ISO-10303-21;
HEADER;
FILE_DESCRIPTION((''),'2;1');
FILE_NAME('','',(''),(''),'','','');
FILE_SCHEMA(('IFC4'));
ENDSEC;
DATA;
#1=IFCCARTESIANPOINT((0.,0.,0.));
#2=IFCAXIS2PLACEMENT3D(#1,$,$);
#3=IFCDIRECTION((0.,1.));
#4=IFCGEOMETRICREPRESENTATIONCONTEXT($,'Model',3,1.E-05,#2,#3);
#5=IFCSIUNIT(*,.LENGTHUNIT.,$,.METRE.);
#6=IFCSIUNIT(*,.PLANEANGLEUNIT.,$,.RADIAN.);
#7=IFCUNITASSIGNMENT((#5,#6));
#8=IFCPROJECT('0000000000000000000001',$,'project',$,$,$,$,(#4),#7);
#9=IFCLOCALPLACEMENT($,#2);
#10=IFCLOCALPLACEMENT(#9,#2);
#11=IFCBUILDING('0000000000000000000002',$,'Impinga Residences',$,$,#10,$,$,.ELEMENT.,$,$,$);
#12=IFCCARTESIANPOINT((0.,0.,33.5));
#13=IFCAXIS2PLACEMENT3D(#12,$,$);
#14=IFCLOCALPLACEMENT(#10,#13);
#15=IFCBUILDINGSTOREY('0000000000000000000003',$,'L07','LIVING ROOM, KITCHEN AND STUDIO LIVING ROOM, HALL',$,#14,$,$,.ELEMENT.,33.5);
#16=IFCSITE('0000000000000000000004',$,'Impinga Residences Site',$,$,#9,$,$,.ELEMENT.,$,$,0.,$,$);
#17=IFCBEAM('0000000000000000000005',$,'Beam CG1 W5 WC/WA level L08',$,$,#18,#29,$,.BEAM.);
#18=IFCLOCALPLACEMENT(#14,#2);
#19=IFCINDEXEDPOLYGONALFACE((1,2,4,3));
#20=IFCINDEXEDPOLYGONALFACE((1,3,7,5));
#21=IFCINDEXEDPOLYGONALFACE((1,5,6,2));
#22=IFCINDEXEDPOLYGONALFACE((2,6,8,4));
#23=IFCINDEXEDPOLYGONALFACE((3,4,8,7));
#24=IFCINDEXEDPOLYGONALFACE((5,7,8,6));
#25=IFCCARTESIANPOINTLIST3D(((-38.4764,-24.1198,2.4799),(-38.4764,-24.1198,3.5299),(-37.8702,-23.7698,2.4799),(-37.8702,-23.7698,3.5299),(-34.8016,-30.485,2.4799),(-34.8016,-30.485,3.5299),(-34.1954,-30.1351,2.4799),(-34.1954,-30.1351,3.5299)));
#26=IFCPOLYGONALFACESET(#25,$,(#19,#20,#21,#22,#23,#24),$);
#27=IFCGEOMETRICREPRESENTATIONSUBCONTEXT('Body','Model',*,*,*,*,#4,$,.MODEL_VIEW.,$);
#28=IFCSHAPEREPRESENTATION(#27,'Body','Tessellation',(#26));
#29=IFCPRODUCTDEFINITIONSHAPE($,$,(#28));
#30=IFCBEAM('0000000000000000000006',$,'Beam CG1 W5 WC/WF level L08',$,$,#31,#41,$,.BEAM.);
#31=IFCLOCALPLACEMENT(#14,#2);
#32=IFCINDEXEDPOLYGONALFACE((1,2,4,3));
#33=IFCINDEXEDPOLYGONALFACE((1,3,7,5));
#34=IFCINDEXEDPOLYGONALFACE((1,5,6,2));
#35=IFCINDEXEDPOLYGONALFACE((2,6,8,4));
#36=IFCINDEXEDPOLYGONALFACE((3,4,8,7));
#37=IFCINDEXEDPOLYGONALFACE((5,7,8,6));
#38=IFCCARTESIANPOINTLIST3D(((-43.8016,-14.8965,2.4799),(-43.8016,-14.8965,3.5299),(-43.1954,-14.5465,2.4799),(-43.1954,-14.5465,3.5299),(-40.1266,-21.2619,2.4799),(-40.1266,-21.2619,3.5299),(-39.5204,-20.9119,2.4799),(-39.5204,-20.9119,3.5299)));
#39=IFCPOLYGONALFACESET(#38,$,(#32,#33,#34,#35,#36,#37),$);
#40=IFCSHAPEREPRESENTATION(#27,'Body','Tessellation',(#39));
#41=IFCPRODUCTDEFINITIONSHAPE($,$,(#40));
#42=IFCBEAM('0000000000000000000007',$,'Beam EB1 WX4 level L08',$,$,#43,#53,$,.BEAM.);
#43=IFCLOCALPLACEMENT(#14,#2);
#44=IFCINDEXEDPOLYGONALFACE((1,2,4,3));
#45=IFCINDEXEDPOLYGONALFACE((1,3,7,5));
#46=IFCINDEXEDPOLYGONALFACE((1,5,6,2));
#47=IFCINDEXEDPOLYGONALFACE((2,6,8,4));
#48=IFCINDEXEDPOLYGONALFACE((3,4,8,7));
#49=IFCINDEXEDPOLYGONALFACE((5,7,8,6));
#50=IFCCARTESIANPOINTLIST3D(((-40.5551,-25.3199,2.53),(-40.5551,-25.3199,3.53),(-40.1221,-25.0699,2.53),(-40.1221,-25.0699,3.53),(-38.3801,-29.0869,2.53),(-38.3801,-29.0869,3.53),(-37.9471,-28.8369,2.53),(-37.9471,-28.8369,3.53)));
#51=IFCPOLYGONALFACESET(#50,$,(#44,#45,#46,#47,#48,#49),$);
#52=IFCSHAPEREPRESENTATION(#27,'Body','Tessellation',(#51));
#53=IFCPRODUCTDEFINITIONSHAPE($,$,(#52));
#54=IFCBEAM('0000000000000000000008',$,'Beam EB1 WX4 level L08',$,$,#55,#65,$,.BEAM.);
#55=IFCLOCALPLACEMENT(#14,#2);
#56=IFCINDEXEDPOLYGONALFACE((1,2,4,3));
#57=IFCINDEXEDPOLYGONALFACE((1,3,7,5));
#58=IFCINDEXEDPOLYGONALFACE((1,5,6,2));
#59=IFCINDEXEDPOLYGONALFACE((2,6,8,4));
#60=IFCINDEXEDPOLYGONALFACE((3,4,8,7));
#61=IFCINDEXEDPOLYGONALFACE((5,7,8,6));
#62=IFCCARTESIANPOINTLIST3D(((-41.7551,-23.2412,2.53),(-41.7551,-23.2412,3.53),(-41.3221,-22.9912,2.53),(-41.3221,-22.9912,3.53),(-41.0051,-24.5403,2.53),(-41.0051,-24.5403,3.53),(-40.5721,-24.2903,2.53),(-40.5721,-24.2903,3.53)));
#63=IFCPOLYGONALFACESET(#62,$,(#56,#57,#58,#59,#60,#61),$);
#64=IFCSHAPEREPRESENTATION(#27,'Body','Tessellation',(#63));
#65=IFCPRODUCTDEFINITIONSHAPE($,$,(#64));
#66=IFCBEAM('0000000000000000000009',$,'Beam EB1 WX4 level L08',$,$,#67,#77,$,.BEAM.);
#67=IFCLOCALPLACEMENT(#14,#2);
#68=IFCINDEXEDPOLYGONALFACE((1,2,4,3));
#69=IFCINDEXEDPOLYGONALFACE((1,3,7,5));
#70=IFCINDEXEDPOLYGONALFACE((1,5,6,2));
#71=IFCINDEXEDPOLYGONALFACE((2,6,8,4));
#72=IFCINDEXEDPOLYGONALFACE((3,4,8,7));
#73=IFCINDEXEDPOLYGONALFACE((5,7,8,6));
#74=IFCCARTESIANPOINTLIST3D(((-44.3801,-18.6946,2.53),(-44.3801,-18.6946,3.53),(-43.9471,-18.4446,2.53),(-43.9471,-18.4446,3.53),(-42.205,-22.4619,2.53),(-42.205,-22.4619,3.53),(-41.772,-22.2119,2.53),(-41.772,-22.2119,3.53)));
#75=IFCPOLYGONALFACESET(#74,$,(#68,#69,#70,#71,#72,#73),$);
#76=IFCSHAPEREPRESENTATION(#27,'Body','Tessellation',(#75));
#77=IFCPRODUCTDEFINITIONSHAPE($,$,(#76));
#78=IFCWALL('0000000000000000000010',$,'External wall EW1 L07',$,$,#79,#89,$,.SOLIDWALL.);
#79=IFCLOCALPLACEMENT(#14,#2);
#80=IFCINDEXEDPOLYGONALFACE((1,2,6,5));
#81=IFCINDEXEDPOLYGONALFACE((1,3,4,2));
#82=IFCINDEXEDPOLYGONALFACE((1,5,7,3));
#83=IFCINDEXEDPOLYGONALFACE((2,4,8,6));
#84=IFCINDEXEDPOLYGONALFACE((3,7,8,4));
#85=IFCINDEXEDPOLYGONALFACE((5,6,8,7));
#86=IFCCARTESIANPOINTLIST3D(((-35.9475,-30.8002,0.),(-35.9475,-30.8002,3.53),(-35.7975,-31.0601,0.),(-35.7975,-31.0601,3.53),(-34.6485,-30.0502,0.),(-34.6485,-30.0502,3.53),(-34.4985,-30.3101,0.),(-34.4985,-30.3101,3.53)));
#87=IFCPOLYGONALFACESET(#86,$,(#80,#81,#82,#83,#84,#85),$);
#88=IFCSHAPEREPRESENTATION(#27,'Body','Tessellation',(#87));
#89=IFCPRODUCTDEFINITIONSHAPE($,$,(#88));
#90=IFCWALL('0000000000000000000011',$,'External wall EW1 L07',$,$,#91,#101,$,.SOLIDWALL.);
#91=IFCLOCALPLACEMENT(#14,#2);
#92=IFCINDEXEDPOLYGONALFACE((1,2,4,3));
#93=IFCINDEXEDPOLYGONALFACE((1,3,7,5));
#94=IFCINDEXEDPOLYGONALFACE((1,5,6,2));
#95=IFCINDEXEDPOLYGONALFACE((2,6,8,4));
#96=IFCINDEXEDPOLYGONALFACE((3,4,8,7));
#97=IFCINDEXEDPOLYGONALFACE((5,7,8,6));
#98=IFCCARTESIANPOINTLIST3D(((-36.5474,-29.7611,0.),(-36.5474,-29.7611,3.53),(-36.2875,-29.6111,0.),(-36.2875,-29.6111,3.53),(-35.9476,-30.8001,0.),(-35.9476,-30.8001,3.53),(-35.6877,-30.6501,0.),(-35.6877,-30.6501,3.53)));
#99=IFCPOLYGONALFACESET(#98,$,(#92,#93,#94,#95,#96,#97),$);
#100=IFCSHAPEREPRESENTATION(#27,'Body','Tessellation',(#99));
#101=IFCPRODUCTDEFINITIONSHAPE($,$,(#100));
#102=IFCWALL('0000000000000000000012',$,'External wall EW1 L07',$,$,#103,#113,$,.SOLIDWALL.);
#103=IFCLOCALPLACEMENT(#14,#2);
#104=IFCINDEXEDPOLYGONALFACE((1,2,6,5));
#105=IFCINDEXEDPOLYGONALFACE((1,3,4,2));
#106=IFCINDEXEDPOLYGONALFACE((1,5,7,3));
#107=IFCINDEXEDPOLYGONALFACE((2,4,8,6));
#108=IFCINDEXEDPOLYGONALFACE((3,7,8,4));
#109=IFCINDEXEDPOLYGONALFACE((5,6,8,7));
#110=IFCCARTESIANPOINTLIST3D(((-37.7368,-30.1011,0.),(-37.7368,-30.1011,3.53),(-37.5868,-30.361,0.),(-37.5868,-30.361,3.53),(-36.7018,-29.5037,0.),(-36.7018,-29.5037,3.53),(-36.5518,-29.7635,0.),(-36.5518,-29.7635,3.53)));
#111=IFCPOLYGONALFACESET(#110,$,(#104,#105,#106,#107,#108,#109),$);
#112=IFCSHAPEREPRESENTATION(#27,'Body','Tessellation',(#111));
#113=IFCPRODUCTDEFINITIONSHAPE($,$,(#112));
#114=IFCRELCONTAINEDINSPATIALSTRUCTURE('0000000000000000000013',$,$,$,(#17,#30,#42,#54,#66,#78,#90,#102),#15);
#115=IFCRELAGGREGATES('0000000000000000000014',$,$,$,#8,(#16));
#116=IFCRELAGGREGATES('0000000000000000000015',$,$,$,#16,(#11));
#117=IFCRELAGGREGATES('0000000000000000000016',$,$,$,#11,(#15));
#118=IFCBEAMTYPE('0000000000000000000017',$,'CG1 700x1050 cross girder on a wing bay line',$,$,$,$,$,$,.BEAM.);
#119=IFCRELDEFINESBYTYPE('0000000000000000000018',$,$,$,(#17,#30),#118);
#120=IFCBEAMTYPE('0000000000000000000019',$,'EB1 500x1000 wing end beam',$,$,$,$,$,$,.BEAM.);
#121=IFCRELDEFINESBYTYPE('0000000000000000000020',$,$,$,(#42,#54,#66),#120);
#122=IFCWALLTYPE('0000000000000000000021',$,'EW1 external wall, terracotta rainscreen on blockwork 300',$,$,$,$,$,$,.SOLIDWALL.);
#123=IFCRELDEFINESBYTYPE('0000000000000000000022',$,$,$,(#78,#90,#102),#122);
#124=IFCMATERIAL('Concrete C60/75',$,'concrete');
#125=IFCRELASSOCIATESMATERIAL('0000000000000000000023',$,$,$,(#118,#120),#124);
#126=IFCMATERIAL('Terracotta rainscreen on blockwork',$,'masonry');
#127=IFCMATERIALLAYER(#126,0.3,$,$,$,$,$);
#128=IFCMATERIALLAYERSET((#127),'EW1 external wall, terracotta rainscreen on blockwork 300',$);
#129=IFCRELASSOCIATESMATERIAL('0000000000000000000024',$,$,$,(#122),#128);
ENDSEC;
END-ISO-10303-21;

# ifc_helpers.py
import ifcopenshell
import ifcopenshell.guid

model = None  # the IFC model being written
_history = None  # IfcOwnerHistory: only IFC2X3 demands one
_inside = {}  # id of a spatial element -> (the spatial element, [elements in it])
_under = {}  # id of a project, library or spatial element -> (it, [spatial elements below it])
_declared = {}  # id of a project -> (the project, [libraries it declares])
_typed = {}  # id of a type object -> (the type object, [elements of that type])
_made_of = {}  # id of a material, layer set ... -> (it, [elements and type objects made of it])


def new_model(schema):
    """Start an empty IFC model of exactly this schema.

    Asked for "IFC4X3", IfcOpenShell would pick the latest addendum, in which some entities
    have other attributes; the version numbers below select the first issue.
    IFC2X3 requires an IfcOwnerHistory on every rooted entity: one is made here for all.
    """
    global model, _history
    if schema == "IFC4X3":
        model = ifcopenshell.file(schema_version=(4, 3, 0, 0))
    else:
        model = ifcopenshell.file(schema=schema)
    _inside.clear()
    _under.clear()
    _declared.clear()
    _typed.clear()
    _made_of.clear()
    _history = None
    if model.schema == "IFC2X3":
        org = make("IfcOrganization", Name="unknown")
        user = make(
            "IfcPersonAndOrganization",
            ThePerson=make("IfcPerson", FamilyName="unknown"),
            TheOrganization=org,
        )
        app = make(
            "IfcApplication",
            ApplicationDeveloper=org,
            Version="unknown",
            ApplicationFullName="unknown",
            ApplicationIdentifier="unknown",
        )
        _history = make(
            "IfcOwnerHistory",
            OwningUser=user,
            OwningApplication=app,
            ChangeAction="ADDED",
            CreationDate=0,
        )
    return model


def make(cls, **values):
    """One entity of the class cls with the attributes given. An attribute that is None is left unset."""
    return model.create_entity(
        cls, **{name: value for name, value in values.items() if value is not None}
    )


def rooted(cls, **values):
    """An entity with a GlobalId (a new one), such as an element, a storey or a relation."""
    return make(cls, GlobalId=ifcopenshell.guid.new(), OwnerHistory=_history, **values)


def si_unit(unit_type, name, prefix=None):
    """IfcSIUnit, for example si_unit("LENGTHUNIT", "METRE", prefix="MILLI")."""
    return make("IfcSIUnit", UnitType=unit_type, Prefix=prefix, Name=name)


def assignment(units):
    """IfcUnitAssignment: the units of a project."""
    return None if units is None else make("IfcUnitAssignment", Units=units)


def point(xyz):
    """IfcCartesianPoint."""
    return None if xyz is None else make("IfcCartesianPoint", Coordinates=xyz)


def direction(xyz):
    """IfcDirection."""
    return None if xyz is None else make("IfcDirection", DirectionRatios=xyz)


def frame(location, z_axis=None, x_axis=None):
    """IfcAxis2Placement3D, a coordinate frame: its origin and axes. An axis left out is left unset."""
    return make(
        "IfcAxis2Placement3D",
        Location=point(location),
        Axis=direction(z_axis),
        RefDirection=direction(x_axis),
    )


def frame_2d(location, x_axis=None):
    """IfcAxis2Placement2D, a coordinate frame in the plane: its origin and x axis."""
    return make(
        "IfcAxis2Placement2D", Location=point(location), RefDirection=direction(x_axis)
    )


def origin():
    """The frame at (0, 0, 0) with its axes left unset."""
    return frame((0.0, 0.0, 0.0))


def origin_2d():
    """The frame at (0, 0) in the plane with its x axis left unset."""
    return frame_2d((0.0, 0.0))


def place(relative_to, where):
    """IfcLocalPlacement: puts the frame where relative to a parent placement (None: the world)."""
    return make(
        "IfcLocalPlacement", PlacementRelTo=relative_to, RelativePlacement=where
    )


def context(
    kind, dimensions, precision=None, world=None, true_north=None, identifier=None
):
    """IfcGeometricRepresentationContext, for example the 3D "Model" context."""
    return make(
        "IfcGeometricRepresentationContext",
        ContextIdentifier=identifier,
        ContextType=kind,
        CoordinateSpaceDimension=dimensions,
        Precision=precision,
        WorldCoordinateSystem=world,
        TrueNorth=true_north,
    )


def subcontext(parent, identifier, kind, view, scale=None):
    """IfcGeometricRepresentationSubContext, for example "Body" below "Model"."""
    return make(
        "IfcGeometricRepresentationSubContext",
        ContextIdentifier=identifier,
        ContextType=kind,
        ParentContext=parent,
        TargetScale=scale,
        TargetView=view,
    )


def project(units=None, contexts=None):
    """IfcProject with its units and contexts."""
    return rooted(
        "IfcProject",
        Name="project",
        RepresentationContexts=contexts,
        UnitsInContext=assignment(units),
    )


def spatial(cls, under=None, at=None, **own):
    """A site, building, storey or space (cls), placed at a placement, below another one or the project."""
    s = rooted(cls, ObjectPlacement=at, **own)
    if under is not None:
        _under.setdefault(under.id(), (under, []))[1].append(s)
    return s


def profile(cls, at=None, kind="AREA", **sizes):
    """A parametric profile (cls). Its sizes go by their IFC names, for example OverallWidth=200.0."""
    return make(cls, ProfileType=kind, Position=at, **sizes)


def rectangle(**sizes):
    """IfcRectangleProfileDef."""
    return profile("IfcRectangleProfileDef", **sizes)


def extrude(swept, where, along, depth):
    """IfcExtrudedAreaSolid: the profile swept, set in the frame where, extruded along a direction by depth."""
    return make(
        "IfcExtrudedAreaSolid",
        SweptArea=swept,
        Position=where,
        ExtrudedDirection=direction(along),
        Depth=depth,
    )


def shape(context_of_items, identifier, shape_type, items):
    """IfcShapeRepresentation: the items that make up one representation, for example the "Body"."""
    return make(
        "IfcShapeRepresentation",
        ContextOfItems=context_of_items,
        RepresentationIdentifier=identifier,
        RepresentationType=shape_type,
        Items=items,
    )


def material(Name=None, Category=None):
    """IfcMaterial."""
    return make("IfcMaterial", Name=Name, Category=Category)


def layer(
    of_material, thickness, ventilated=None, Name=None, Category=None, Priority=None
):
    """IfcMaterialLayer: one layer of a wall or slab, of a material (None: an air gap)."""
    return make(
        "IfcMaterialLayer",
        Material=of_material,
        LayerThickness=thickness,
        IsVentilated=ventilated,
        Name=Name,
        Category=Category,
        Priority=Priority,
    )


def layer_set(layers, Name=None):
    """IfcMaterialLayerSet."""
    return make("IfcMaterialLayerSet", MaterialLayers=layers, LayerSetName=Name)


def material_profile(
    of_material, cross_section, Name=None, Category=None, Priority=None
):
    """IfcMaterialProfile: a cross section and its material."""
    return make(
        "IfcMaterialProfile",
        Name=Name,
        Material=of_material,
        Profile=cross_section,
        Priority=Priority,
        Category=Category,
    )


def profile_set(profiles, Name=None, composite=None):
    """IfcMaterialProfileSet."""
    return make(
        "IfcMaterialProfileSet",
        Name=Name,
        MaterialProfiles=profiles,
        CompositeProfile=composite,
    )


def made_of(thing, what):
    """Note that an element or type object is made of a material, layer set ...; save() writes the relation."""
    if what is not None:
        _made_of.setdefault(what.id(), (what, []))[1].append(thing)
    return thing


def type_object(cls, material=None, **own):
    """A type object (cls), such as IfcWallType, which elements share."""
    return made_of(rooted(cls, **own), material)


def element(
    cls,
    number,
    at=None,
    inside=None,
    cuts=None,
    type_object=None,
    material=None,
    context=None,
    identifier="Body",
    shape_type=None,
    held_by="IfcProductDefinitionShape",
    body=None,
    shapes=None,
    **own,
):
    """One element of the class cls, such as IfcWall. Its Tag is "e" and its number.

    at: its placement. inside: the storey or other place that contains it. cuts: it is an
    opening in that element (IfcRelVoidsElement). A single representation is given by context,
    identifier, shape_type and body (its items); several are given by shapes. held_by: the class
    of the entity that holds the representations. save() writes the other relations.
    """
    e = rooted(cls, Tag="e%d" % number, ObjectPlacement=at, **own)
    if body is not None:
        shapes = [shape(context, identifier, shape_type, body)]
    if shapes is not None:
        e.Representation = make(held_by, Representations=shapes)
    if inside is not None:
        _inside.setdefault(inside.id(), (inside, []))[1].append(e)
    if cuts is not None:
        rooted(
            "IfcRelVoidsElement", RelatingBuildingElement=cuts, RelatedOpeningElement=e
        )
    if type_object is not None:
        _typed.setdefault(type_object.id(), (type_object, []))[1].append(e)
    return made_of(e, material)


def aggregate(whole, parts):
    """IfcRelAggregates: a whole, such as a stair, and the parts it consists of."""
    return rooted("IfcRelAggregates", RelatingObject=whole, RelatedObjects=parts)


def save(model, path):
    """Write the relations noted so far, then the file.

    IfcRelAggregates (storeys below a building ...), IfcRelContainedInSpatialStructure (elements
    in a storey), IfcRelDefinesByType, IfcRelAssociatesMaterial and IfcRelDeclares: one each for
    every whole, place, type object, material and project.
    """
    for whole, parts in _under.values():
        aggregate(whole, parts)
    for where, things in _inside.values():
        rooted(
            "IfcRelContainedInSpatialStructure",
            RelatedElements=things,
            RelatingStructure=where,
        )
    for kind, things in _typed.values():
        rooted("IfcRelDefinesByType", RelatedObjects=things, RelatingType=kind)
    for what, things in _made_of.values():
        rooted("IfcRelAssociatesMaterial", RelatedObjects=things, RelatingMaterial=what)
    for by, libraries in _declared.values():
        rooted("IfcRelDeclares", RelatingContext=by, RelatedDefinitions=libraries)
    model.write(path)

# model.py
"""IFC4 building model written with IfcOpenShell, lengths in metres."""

from ifc_helpers import new_model, si_unit, direction, frame, frame_2d, origin, origin_2d, place, context, subcontext, project, spatial, rectangle, extrude, material, layer, layer_set, material_profile, profile_set, type_object, element, save


model = new_model("IFC4")

# Units and contexts
model_context = context("Model", 3, precision=1e-05, world=origin(), true_north=direction((0.0, 1.0)))
body_context = subcontext(model_context, "Body", "Model", "MODEL_VIEW")
ifc_project = project(units=[si_unit("LENGTHUNIT", "METRE"), si_unit("PLANEANGLEUNIT", "RADIAN")], contexts=[model_context])

# Site, building, storey
site_placement = place(None, origin())
site = spatial("IfcSite", under=ifc_project, at=site_placement, Name="Impinga Residences Site", CompositionType="ELEMENT", RefElevation=0.0)
building_placement = place(site_placement, origin())
building = spatial("IfcBuilding", under=site, at=building_placement, Name="Impinga Residences", CompositionType="ELEMENT")
storey_placement = place(building_placement, frame((0.0, 0.0, 33.5)))
storey = spatial("IfcBuildingStorey", under=building, at=storey_placement, Name="L07", Description="LIVING ROOM, KITCHEN AND STUDIO LIVING ROOM, HALL", CompositionType="ELEMENT", Elevation=33.5)

# Beams
ifc_material_1 = material(Name="Concrete C60/75", Category="concrete")
ifc_material_profile_1 = material_profile(ifc_material_1, rectangle(XDim=0.7, YDim=1.05, at=origin_2d()), Name="RC 700x1050")
ifc_profile_set_1 = profile_set([ifc_material_profile_1], Name="Concrete C60/75")
beam_type_1 = type_object("IfcBeamType", Name="CG1 700x1050 cross girder on a wing bay line", PredefinedType="BEAM", material=ifc_profile_set_1)
beam_1_placement = place(storey_placement, frame((-38.1733, -23.9448, 3.0049), z_axis=(0.499983, -0.866035, 0.0), x_axis=(0.866035, 0.499983, 0.0)))
element("IfcBeam", 1, at=beam_1_placement, inside=storey, type_object=beam_type_1, Name="Beam CG1 W5 WC/WA level L08", PredefinedType="BEAM", context=body_context, shape_type="SweptSolid", body=[
    extrude(rectangle(XDim=0.7, YDim=1.05, at=origin_2d()), origin(), (0.0, 0.0, 1.0), 7.3499),
])
beam_2_placement = place(storey_placement, frame((-39.8235, -21.0869, 3.0049), z_axis=(-0.499994, 0.866029, 0.0), x_axis=(-0.866029, -0.499994, 0.0)))
element("IfcBeam", 2, at=beam_2_placement, inside=storey, type_object=beam_type_1, Name="Beam CG1 W5 WC/WF level L08", PredefinedType="BEAM", context=body_context, shape_type="SweptSolid", body=[
    extrude(rectangle(XDim=0.7, YDim=1.05, at=origin_2d()), origin(), (0.0, 0.0, 1.0), 7.3501),
])
ifc_material_profile_2 = material_profile(ifc_material_1, rectangle(XDim=0.5, YDim=1.0, at=origin_2d()), Name="RC 500x1000")
ifc_profile_set_2 = profile_set([ifc_material_profile_2], Name="Concrete C60/75")
beam_type_2 = type_object("IfcBeamType", Name="EB1 500x1000 wing end beam", PredefinedType="BEAM", material=ifc_profile_set_2)
beam_3_placement = place(storey_placement, frame((-38.1636, -28.9619, 3.03), z_axis=(-0.50002, 0.866014, 0.0), x_axis=(-0.866014, -0.50002, 0.0)))
element("IfcBeam", 3, at=beam_3_placement, inside=storey, type_object=beam_type_2, Name="Beam EB1 WX4 level L08", PredefinedType="BEAM", context=body_context, shape_type="SweptSolid", body=[
    extrude(rectangle(XDim=0.5, YDim=1.0, at=origin_2d()), origin(), (0.0, 0.0, 1.0), 4.3499),
])
beam_4_placement = place(storey_placement, frame((-40.7886, -24.4153, 3.03), z_axis=(-0.49999, 0.866031, 0.0), x_axis=(-0.866031, -0.49999, 0.0)))
element("IfcBeam", 4, at=beam_4_placement, inside=storey, type_object=beam_type_2, Name="Beam EB1 WX4 level L08", PredefinedType="BEAM", context=body_context, shape_type="SweptSolid", body=[
    extrude(rectangle(XDim=0.5, YDim=1.0, at=origin_2d()), origin(), (0.0, 0.0, 1.0), 1.5),
])
beam_5_placement = place(storey_placement, frame((-41.9885, -22.3369, 3.03), z_axis=(-0.499996, 0.866028, 0.0), x_axis=(-0.866028, -0.499996, 0.0)))
element("IfcBeam", 5, at=beam_5_placement, inside=storey, type_object=beam_type_2, Name="Beam EB1 WX4 level L08", PredefinedType="BEAM", context=body_context, shape_type="SweptSolid", body=[
    extrude(rectangle(XDim=0.5, YDim=1.0, at=origin_2d()), origin(), (0.0, 0.0, 1.0), 4.3501),
])

# Walls
ifc_material_2 = material(Name="Terracotta rainscreen on blockwork", Category="masonry")
ifc_layer_1 = layer(ifc_material_2, 0.3)
ifc_layer_set_1 = layer_set([ifc_layer_1], Name="EW1 external wall, terracotta rainscreen on blockwork 300")
wall_type_1 = type_object("IfcWallType", Name="EW1 external wall, terracotta rainscreen on blockwork 300", PredefinedType="SOLIDWALL", material=ifc_layer_set_1)
wall_1_placement = place(storey_placement, frame((-34.5735, -30.1802, 0.0), z_axis=(0.0, 0.0, 1.0), x_axis=(-0.866031, -0.49999, 0.0)))
element("IfcWall", 6, at=wall_1_placement, inside=storey, type_object=wall_type_1, Name="External wall EW1 L07", PredefinedType="SOLIDWALL", context=body_context, shape_type="SweptSolid", body=[
    extrude(rectangle(XDim=1.5, YDim=0.3, at=frame_2d((0.75, 0.0))), origin(), (0.0, 0.0, 1.0), 3.53),
])
wall_2_placement = place(storey_placement, frame((-35.8176, -30.7251, 0.0), z_axis=(0.0, 0.0, 1.0), x_axis=(-0.499969, 0.866043, 0.0)))
element("IfcWall", 7, at=wall_2_placement, inside=storey, type_object=wall_type_1, Name="External wall EW1 L07", PredefinedType="SOLIDWALL", context=body_context, shape_type="SweptSolid", body=[
    extrude(rectangle(XDim=1.1997, YDim=0.3, at=frame_2d((0.5999, 0.0))), origin(), (0.0, 0.0, 1.0), 3.53),
])
wall_3_placement = place(storey_placement, frame((-36.6267, -29.6335, 0.0), z_axis=(0.0, 0.0, 1.0), x_axis=(-0.86606, -0.499941, 0.0)))
element("IfcWall", 8, at=wall_3_placement, inside=storey, type_object=wall_type_1, Name="External wall EW1 L07", PredefinedType="SOLIDWALL", context=body_context, shape_type="SweptSolid", body=[
    extrude(rectangle(XDim=1.1951, YDim=0.3, at=frame_2d((0.5977, 0.0))), origin(), (0.0, 0.0, 1.0), 3.53),
])

save(model, "model.ifc")
